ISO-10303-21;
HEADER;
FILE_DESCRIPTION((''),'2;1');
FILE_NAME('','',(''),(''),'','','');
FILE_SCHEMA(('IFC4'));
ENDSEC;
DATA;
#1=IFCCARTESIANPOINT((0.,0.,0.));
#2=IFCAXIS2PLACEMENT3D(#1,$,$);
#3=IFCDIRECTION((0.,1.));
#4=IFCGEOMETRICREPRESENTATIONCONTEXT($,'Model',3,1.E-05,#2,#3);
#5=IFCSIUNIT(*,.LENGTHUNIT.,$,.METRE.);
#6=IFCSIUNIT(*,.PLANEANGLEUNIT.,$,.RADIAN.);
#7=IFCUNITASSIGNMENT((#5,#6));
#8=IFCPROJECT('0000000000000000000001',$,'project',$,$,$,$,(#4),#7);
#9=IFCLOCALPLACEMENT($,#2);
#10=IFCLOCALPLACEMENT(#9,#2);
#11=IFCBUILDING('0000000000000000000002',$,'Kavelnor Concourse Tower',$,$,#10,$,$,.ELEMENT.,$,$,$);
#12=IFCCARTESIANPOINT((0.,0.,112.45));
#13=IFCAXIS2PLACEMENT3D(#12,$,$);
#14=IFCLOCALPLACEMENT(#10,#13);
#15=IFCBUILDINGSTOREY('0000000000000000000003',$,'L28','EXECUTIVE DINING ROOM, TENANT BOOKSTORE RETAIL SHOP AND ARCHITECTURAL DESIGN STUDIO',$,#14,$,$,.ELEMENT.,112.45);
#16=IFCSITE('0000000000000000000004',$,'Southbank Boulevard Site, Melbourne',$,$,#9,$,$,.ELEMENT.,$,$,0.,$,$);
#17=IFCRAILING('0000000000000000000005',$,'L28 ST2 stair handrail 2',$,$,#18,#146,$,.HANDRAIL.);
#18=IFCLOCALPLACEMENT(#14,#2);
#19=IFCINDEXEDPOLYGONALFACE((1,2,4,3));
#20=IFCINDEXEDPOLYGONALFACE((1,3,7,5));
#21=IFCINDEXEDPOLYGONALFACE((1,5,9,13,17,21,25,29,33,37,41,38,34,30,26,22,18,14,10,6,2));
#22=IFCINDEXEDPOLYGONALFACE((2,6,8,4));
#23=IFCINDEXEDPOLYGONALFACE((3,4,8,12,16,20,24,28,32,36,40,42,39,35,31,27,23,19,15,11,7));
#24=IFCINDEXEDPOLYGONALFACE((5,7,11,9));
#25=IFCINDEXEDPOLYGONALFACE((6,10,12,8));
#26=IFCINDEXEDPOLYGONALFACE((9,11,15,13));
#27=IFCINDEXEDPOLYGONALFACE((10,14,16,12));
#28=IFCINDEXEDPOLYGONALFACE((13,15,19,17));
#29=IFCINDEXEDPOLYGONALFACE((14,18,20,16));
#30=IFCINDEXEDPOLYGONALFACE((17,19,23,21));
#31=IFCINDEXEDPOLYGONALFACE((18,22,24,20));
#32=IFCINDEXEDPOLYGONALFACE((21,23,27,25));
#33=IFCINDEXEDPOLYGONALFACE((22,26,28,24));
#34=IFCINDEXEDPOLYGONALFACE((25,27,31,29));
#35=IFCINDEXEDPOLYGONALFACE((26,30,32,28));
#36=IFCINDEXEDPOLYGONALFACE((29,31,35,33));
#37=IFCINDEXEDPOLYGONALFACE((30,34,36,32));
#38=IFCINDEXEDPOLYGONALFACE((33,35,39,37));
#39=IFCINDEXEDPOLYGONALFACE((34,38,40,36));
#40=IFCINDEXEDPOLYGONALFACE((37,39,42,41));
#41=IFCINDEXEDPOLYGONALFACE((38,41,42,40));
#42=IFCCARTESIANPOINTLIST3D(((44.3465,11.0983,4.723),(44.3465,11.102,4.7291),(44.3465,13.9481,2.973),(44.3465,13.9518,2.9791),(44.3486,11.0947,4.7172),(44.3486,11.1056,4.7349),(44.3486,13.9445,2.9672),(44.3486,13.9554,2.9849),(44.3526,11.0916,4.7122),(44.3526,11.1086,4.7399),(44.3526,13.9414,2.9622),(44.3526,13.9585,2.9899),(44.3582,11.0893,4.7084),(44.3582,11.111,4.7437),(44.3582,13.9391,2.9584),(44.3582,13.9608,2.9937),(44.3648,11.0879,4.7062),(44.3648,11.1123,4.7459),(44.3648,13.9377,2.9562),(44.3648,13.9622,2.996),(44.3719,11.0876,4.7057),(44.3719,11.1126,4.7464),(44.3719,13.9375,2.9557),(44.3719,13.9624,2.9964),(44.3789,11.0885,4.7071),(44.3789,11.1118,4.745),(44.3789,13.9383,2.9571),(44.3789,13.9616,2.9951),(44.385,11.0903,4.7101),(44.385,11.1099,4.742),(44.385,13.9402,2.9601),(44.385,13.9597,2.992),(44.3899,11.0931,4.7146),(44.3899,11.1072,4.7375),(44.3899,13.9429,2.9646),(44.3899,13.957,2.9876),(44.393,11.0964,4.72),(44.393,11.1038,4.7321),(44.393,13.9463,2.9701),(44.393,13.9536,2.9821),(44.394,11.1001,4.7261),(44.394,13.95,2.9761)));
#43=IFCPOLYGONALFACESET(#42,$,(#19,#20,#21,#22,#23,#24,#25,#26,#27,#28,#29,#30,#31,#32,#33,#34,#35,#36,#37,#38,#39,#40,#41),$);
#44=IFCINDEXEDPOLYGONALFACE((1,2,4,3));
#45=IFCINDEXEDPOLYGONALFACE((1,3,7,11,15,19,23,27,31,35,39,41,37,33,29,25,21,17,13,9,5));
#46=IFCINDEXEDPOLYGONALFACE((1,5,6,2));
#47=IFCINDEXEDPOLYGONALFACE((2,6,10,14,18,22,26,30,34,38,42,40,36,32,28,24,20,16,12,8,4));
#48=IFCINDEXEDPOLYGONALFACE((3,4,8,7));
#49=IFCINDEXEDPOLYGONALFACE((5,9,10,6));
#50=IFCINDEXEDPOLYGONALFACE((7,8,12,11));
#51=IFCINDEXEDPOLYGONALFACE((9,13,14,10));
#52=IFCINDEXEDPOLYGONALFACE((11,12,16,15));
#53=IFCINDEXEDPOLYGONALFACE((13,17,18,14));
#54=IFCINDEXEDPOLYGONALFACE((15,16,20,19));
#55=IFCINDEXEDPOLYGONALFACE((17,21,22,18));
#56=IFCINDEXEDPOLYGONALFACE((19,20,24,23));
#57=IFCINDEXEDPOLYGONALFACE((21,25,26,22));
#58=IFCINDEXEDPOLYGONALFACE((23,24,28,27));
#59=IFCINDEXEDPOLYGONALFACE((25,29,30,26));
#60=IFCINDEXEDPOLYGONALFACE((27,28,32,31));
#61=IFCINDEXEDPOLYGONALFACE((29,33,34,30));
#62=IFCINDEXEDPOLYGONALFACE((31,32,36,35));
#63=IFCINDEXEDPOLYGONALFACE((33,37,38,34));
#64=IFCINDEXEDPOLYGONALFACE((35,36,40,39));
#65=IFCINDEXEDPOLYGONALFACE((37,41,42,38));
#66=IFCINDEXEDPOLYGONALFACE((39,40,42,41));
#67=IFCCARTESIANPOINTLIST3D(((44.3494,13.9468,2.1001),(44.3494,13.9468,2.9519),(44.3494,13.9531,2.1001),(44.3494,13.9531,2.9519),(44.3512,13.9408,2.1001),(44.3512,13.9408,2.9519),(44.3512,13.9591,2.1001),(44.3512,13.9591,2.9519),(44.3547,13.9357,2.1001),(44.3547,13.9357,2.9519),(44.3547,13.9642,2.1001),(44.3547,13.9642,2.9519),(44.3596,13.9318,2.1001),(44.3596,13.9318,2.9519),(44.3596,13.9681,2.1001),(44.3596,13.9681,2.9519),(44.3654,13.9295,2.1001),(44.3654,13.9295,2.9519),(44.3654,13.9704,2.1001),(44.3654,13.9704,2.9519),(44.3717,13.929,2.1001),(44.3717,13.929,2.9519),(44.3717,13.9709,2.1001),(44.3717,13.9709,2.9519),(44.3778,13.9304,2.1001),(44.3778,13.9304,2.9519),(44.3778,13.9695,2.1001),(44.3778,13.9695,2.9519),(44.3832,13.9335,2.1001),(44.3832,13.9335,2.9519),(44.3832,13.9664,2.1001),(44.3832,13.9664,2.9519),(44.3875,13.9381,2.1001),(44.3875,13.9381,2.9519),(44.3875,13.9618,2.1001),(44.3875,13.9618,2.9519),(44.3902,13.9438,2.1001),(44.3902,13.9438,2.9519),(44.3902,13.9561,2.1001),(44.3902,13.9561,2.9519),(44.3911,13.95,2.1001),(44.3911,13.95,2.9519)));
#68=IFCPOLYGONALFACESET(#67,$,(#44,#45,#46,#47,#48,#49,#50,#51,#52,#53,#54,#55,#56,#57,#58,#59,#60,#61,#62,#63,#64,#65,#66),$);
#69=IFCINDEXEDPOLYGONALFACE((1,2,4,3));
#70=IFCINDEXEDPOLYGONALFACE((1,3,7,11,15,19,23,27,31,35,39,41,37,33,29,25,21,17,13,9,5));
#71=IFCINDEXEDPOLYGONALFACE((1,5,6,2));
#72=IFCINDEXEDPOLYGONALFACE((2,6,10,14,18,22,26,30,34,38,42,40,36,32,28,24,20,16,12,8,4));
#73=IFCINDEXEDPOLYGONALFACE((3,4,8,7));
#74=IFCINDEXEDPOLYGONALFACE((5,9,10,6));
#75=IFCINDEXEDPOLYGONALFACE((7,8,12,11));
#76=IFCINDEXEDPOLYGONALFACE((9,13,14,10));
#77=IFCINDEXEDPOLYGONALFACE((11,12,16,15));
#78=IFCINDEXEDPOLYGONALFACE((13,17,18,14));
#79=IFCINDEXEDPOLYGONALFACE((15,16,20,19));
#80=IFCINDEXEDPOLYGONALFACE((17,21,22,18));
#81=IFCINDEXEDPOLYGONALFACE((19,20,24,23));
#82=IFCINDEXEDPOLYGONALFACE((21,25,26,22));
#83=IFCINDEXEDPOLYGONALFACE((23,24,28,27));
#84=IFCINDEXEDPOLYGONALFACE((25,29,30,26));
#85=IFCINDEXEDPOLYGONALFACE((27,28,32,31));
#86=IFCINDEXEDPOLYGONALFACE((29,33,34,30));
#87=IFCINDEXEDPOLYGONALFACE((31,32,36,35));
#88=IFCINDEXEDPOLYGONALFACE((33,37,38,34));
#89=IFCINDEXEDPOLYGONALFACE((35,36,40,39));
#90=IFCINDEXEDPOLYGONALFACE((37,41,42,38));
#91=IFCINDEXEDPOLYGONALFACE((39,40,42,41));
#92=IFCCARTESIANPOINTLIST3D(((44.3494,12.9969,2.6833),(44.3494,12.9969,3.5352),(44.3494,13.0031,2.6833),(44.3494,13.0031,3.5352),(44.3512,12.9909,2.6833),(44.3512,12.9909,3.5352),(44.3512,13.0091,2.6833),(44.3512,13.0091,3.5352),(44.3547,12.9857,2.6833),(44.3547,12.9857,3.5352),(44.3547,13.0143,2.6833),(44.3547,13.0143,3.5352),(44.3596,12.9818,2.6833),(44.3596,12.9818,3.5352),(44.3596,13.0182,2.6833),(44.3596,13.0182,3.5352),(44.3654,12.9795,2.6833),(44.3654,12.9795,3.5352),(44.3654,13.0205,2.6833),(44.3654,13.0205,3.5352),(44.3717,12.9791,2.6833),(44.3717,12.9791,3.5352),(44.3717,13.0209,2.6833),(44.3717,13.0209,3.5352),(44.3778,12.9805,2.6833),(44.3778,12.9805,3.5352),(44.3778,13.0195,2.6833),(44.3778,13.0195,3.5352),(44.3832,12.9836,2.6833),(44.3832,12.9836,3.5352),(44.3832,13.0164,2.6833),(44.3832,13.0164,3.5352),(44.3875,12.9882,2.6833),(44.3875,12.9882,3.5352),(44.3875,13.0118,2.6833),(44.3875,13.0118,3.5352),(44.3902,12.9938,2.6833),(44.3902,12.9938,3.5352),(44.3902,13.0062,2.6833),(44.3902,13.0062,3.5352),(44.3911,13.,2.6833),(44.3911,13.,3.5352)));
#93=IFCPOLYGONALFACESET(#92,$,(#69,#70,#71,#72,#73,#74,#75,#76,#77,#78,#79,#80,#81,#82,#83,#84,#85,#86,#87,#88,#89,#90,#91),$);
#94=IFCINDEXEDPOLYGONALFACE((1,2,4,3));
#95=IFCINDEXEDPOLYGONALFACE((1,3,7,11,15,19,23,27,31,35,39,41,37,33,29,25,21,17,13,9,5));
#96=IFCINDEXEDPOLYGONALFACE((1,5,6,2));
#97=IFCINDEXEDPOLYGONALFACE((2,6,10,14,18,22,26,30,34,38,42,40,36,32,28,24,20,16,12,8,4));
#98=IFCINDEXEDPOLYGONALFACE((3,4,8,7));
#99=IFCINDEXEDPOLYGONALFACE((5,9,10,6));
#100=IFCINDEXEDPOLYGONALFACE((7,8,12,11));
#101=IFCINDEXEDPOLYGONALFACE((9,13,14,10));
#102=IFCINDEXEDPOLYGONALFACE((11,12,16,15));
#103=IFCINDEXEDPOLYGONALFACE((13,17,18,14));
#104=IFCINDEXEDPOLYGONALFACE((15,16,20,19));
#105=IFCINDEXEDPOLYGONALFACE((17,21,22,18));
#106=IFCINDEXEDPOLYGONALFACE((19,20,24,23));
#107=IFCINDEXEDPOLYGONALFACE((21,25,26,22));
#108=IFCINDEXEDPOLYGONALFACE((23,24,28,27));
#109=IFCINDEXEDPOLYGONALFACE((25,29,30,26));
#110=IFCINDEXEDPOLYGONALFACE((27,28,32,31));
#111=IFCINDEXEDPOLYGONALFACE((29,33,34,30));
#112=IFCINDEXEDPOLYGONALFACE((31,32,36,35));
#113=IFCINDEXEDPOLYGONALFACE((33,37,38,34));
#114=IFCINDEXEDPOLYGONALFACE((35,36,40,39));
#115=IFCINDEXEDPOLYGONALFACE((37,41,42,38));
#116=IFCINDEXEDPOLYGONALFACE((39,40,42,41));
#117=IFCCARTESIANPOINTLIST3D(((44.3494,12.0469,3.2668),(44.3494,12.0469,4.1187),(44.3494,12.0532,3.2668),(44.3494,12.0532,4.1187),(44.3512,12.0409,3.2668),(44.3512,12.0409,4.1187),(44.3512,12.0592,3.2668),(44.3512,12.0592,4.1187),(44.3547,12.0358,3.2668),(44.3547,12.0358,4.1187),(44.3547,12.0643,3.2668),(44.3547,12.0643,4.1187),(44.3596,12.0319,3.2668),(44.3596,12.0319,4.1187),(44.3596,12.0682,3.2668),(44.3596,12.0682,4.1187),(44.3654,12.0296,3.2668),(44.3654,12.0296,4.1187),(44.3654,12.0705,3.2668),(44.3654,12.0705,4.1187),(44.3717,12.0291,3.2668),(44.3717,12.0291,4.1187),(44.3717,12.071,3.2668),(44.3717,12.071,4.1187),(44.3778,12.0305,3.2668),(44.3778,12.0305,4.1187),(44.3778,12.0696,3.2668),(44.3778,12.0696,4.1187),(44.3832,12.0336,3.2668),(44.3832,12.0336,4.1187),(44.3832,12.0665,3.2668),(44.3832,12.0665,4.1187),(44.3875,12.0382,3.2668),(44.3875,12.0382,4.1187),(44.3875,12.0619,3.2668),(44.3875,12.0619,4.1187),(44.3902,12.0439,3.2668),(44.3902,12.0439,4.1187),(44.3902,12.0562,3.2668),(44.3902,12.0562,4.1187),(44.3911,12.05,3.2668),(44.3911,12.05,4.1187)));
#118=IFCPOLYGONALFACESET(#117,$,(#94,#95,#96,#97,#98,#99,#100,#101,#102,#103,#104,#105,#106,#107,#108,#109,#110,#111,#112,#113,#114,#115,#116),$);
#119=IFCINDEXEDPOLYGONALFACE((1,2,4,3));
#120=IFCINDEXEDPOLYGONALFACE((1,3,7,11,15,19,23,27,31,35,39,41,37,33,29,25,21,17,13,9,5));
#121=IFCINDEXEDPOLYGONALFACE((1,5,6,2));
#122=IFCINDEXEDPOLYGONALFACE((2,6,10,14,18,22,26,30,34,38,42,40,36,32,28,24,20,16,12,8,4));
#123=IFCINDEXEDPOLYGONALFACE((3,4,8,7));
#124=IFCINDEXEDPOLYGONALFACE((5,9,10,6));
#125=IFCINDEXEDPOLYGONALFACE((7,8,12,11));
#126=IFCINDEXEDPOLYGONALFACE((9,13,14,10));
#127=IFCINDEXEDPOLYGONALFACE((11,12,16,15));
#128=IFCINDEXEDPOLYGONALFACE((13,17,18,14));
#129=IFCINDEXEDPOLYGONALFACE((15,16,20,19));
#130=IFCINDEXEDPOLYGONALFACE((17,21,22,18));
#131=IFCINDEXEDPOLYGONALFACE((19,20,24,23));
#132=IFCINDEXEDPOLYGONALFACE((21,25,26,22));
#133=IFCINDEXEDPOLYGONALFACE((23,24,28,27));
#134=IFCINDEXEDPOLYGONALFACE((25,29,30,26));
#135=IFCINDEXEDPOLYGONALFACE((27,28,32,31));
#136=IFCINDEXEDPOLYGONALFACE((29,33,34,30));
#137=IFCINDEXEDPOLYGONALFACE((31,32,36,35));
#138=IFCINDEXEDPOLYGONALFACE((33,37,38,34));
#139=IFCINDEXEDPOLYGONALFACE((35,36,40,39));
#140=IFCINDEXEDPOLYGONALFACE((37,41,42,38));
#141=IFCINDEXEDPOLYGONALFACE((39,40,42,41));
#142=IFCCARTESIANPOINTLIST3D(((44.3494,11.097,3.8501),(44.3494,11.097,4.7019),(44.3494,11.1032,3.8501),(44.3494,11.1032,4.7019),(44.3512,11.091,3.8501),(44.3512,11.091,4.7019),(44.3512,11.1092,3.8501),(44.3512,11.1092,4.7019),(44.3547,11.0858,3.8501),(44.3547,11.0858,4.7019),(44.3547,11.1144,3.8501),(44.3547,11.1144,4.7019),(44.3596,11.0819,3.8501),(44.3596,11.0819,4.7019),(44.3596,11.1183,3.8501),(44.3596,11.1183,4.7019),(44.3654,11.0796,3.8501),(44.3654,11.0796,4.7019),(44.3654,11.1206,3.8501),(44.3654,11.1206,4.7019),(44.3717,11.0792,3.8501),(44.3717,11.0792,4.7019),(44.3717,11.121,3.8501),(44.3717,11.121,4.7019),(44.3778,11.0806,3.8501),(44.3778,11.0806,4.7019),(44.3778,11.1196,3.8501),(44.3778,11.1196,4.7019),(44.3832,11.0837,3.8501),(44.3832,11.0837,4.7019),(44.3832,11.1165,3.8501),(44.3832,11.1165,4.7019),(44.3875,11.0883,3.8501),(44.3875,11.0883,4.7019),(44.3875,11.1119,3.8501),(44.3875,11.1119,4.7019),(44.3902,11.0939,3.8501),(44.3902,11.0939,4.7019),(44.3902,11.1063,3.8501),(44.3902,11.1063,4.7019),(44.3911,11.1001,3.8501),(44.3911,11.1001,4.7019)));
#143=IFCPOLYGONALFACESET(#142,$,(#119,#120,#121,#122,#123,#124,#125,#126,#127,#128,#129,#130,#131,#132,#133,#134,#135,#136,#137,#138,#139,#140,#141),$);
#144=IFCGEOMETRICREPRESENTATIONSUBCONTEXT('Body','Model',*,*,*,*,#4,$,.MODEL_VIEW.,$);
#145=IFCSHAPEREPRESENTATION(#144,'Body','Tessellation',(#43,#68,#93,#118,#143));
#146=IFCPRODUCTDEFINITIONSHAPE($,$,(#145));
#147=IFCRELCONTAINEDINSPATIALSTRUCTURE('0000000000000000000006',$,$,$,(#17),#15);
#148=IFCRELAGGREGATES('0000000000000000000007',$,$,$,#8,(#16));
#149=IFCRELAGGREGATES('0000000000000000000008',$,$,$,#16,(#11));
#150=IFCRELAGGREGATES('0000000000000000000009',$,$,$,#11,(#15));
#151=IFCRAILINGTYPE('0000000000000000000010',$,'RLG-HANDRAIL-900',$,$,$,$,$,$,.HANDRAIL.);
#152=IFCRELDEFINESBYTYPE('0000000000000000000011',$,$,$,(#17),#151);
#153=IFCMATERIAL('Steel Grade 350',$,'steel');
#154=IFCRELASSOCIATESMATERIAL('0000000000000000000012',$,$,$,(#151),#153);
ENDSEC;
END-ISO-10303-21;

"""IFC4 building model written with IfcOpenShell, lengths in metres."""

from ifc_helpers import new_model, si_unit, direction, frame, origin, origin_2d, place, context, subcontext, project, spatial, circle, extrude, material, type_object, element, save


model = new_model("IFC4")

# Units and contexts
model_context = context("Model", 3, precision=1e-05, world=origin(), true_north=direction((0.0, 1.0)))
body_context = subcontext(model_context, "Body", "Model", "MODEL_VIEW")
ifc_project = project(units=[si_unit("LENGTHUNIT", "METRE"), si_unit("PLANEANGLEUNIT", "RADIAN")], contexts=[model_context])

# Site, building, storey
site_placement = place(None, origin())
site = spatial("IfcSite", under=ifc_project, at=site_placement, Name="Southbank Boulevard Site, Melbourne", CompositionType="ELEMENT", RefElevation=0.0)
building_placement = place(site_placement, origin())
building = spatial("IfcBuilding", under=site, at=building_placement, Name="Kavelnor Concourse Tower", CompositionType="ELEMENT")
storey_placement = place(building_placement, frame((0.0, 0.0, 112.45)))
storey = spatial("IfcBuildingStorey", under=building, at=storey_placement, Name="L28", Description="EXECUTIVE DINING ROOM, TENANT BOOKSTORE RETAIL SHOP AND ARCHITECTURAL DESIGN STUDIO", CompositionType="ELEMENT", Elevation=112.45)

# Shared definitions
ifc_material_1 = material(Name="Steel Grade 350", Category="steel")

# Railing
railing_type_1 = type_object("IfcRailingType", Name="RLG-HANDRAIL-900", PredefinedType="HANDRAIL", material=ifc_material_1)
railing_1_placement = place(storey_placement, frame((44.3701, 13.95, 2.1001)))
element("IfcRailing", 1, at=railing_1_placement, inside=storey, type_object=railing_type_1, Name="L28 ST2 stair handrail 2", PredefinedType="HANDRAIL", context=body_context, shape_type="SweptSolid", body=[
    extrude(circle(Radius=0.0239, at=origin_2d()), frame((0.0, 0.0, 0.876), z_axis=(0.0, -0.852159, 0.523283), x_axis=(1.0, 0.0, 0.0)), (0.0, 0.0, 1.0), 3.3442),
    extrude(circle(Radius=0.021, at=origin_2d()), origin(), (0.0, 0.0, 1.0), 0.8518),
    extrude(circle(Radius=0.021, at=origin_2d()), frame((0.0, -0.95, 0.5833)), (0.0, 0.0, 1.0), 0.8518),
    extrude(circle(Radius=0.021, at=origin_2d()), frame((0.0, -1.8999, 1.1667)), (0.0, 0.0, 1.0), 0.8518),
    extrude(circle(Radius=0.021, at=origin_2d()), frame((0.0, -2.8499, 1.75)), (0.0, 0.0, 1.0), 0.8518),
])

save(model, "model.ifc")
